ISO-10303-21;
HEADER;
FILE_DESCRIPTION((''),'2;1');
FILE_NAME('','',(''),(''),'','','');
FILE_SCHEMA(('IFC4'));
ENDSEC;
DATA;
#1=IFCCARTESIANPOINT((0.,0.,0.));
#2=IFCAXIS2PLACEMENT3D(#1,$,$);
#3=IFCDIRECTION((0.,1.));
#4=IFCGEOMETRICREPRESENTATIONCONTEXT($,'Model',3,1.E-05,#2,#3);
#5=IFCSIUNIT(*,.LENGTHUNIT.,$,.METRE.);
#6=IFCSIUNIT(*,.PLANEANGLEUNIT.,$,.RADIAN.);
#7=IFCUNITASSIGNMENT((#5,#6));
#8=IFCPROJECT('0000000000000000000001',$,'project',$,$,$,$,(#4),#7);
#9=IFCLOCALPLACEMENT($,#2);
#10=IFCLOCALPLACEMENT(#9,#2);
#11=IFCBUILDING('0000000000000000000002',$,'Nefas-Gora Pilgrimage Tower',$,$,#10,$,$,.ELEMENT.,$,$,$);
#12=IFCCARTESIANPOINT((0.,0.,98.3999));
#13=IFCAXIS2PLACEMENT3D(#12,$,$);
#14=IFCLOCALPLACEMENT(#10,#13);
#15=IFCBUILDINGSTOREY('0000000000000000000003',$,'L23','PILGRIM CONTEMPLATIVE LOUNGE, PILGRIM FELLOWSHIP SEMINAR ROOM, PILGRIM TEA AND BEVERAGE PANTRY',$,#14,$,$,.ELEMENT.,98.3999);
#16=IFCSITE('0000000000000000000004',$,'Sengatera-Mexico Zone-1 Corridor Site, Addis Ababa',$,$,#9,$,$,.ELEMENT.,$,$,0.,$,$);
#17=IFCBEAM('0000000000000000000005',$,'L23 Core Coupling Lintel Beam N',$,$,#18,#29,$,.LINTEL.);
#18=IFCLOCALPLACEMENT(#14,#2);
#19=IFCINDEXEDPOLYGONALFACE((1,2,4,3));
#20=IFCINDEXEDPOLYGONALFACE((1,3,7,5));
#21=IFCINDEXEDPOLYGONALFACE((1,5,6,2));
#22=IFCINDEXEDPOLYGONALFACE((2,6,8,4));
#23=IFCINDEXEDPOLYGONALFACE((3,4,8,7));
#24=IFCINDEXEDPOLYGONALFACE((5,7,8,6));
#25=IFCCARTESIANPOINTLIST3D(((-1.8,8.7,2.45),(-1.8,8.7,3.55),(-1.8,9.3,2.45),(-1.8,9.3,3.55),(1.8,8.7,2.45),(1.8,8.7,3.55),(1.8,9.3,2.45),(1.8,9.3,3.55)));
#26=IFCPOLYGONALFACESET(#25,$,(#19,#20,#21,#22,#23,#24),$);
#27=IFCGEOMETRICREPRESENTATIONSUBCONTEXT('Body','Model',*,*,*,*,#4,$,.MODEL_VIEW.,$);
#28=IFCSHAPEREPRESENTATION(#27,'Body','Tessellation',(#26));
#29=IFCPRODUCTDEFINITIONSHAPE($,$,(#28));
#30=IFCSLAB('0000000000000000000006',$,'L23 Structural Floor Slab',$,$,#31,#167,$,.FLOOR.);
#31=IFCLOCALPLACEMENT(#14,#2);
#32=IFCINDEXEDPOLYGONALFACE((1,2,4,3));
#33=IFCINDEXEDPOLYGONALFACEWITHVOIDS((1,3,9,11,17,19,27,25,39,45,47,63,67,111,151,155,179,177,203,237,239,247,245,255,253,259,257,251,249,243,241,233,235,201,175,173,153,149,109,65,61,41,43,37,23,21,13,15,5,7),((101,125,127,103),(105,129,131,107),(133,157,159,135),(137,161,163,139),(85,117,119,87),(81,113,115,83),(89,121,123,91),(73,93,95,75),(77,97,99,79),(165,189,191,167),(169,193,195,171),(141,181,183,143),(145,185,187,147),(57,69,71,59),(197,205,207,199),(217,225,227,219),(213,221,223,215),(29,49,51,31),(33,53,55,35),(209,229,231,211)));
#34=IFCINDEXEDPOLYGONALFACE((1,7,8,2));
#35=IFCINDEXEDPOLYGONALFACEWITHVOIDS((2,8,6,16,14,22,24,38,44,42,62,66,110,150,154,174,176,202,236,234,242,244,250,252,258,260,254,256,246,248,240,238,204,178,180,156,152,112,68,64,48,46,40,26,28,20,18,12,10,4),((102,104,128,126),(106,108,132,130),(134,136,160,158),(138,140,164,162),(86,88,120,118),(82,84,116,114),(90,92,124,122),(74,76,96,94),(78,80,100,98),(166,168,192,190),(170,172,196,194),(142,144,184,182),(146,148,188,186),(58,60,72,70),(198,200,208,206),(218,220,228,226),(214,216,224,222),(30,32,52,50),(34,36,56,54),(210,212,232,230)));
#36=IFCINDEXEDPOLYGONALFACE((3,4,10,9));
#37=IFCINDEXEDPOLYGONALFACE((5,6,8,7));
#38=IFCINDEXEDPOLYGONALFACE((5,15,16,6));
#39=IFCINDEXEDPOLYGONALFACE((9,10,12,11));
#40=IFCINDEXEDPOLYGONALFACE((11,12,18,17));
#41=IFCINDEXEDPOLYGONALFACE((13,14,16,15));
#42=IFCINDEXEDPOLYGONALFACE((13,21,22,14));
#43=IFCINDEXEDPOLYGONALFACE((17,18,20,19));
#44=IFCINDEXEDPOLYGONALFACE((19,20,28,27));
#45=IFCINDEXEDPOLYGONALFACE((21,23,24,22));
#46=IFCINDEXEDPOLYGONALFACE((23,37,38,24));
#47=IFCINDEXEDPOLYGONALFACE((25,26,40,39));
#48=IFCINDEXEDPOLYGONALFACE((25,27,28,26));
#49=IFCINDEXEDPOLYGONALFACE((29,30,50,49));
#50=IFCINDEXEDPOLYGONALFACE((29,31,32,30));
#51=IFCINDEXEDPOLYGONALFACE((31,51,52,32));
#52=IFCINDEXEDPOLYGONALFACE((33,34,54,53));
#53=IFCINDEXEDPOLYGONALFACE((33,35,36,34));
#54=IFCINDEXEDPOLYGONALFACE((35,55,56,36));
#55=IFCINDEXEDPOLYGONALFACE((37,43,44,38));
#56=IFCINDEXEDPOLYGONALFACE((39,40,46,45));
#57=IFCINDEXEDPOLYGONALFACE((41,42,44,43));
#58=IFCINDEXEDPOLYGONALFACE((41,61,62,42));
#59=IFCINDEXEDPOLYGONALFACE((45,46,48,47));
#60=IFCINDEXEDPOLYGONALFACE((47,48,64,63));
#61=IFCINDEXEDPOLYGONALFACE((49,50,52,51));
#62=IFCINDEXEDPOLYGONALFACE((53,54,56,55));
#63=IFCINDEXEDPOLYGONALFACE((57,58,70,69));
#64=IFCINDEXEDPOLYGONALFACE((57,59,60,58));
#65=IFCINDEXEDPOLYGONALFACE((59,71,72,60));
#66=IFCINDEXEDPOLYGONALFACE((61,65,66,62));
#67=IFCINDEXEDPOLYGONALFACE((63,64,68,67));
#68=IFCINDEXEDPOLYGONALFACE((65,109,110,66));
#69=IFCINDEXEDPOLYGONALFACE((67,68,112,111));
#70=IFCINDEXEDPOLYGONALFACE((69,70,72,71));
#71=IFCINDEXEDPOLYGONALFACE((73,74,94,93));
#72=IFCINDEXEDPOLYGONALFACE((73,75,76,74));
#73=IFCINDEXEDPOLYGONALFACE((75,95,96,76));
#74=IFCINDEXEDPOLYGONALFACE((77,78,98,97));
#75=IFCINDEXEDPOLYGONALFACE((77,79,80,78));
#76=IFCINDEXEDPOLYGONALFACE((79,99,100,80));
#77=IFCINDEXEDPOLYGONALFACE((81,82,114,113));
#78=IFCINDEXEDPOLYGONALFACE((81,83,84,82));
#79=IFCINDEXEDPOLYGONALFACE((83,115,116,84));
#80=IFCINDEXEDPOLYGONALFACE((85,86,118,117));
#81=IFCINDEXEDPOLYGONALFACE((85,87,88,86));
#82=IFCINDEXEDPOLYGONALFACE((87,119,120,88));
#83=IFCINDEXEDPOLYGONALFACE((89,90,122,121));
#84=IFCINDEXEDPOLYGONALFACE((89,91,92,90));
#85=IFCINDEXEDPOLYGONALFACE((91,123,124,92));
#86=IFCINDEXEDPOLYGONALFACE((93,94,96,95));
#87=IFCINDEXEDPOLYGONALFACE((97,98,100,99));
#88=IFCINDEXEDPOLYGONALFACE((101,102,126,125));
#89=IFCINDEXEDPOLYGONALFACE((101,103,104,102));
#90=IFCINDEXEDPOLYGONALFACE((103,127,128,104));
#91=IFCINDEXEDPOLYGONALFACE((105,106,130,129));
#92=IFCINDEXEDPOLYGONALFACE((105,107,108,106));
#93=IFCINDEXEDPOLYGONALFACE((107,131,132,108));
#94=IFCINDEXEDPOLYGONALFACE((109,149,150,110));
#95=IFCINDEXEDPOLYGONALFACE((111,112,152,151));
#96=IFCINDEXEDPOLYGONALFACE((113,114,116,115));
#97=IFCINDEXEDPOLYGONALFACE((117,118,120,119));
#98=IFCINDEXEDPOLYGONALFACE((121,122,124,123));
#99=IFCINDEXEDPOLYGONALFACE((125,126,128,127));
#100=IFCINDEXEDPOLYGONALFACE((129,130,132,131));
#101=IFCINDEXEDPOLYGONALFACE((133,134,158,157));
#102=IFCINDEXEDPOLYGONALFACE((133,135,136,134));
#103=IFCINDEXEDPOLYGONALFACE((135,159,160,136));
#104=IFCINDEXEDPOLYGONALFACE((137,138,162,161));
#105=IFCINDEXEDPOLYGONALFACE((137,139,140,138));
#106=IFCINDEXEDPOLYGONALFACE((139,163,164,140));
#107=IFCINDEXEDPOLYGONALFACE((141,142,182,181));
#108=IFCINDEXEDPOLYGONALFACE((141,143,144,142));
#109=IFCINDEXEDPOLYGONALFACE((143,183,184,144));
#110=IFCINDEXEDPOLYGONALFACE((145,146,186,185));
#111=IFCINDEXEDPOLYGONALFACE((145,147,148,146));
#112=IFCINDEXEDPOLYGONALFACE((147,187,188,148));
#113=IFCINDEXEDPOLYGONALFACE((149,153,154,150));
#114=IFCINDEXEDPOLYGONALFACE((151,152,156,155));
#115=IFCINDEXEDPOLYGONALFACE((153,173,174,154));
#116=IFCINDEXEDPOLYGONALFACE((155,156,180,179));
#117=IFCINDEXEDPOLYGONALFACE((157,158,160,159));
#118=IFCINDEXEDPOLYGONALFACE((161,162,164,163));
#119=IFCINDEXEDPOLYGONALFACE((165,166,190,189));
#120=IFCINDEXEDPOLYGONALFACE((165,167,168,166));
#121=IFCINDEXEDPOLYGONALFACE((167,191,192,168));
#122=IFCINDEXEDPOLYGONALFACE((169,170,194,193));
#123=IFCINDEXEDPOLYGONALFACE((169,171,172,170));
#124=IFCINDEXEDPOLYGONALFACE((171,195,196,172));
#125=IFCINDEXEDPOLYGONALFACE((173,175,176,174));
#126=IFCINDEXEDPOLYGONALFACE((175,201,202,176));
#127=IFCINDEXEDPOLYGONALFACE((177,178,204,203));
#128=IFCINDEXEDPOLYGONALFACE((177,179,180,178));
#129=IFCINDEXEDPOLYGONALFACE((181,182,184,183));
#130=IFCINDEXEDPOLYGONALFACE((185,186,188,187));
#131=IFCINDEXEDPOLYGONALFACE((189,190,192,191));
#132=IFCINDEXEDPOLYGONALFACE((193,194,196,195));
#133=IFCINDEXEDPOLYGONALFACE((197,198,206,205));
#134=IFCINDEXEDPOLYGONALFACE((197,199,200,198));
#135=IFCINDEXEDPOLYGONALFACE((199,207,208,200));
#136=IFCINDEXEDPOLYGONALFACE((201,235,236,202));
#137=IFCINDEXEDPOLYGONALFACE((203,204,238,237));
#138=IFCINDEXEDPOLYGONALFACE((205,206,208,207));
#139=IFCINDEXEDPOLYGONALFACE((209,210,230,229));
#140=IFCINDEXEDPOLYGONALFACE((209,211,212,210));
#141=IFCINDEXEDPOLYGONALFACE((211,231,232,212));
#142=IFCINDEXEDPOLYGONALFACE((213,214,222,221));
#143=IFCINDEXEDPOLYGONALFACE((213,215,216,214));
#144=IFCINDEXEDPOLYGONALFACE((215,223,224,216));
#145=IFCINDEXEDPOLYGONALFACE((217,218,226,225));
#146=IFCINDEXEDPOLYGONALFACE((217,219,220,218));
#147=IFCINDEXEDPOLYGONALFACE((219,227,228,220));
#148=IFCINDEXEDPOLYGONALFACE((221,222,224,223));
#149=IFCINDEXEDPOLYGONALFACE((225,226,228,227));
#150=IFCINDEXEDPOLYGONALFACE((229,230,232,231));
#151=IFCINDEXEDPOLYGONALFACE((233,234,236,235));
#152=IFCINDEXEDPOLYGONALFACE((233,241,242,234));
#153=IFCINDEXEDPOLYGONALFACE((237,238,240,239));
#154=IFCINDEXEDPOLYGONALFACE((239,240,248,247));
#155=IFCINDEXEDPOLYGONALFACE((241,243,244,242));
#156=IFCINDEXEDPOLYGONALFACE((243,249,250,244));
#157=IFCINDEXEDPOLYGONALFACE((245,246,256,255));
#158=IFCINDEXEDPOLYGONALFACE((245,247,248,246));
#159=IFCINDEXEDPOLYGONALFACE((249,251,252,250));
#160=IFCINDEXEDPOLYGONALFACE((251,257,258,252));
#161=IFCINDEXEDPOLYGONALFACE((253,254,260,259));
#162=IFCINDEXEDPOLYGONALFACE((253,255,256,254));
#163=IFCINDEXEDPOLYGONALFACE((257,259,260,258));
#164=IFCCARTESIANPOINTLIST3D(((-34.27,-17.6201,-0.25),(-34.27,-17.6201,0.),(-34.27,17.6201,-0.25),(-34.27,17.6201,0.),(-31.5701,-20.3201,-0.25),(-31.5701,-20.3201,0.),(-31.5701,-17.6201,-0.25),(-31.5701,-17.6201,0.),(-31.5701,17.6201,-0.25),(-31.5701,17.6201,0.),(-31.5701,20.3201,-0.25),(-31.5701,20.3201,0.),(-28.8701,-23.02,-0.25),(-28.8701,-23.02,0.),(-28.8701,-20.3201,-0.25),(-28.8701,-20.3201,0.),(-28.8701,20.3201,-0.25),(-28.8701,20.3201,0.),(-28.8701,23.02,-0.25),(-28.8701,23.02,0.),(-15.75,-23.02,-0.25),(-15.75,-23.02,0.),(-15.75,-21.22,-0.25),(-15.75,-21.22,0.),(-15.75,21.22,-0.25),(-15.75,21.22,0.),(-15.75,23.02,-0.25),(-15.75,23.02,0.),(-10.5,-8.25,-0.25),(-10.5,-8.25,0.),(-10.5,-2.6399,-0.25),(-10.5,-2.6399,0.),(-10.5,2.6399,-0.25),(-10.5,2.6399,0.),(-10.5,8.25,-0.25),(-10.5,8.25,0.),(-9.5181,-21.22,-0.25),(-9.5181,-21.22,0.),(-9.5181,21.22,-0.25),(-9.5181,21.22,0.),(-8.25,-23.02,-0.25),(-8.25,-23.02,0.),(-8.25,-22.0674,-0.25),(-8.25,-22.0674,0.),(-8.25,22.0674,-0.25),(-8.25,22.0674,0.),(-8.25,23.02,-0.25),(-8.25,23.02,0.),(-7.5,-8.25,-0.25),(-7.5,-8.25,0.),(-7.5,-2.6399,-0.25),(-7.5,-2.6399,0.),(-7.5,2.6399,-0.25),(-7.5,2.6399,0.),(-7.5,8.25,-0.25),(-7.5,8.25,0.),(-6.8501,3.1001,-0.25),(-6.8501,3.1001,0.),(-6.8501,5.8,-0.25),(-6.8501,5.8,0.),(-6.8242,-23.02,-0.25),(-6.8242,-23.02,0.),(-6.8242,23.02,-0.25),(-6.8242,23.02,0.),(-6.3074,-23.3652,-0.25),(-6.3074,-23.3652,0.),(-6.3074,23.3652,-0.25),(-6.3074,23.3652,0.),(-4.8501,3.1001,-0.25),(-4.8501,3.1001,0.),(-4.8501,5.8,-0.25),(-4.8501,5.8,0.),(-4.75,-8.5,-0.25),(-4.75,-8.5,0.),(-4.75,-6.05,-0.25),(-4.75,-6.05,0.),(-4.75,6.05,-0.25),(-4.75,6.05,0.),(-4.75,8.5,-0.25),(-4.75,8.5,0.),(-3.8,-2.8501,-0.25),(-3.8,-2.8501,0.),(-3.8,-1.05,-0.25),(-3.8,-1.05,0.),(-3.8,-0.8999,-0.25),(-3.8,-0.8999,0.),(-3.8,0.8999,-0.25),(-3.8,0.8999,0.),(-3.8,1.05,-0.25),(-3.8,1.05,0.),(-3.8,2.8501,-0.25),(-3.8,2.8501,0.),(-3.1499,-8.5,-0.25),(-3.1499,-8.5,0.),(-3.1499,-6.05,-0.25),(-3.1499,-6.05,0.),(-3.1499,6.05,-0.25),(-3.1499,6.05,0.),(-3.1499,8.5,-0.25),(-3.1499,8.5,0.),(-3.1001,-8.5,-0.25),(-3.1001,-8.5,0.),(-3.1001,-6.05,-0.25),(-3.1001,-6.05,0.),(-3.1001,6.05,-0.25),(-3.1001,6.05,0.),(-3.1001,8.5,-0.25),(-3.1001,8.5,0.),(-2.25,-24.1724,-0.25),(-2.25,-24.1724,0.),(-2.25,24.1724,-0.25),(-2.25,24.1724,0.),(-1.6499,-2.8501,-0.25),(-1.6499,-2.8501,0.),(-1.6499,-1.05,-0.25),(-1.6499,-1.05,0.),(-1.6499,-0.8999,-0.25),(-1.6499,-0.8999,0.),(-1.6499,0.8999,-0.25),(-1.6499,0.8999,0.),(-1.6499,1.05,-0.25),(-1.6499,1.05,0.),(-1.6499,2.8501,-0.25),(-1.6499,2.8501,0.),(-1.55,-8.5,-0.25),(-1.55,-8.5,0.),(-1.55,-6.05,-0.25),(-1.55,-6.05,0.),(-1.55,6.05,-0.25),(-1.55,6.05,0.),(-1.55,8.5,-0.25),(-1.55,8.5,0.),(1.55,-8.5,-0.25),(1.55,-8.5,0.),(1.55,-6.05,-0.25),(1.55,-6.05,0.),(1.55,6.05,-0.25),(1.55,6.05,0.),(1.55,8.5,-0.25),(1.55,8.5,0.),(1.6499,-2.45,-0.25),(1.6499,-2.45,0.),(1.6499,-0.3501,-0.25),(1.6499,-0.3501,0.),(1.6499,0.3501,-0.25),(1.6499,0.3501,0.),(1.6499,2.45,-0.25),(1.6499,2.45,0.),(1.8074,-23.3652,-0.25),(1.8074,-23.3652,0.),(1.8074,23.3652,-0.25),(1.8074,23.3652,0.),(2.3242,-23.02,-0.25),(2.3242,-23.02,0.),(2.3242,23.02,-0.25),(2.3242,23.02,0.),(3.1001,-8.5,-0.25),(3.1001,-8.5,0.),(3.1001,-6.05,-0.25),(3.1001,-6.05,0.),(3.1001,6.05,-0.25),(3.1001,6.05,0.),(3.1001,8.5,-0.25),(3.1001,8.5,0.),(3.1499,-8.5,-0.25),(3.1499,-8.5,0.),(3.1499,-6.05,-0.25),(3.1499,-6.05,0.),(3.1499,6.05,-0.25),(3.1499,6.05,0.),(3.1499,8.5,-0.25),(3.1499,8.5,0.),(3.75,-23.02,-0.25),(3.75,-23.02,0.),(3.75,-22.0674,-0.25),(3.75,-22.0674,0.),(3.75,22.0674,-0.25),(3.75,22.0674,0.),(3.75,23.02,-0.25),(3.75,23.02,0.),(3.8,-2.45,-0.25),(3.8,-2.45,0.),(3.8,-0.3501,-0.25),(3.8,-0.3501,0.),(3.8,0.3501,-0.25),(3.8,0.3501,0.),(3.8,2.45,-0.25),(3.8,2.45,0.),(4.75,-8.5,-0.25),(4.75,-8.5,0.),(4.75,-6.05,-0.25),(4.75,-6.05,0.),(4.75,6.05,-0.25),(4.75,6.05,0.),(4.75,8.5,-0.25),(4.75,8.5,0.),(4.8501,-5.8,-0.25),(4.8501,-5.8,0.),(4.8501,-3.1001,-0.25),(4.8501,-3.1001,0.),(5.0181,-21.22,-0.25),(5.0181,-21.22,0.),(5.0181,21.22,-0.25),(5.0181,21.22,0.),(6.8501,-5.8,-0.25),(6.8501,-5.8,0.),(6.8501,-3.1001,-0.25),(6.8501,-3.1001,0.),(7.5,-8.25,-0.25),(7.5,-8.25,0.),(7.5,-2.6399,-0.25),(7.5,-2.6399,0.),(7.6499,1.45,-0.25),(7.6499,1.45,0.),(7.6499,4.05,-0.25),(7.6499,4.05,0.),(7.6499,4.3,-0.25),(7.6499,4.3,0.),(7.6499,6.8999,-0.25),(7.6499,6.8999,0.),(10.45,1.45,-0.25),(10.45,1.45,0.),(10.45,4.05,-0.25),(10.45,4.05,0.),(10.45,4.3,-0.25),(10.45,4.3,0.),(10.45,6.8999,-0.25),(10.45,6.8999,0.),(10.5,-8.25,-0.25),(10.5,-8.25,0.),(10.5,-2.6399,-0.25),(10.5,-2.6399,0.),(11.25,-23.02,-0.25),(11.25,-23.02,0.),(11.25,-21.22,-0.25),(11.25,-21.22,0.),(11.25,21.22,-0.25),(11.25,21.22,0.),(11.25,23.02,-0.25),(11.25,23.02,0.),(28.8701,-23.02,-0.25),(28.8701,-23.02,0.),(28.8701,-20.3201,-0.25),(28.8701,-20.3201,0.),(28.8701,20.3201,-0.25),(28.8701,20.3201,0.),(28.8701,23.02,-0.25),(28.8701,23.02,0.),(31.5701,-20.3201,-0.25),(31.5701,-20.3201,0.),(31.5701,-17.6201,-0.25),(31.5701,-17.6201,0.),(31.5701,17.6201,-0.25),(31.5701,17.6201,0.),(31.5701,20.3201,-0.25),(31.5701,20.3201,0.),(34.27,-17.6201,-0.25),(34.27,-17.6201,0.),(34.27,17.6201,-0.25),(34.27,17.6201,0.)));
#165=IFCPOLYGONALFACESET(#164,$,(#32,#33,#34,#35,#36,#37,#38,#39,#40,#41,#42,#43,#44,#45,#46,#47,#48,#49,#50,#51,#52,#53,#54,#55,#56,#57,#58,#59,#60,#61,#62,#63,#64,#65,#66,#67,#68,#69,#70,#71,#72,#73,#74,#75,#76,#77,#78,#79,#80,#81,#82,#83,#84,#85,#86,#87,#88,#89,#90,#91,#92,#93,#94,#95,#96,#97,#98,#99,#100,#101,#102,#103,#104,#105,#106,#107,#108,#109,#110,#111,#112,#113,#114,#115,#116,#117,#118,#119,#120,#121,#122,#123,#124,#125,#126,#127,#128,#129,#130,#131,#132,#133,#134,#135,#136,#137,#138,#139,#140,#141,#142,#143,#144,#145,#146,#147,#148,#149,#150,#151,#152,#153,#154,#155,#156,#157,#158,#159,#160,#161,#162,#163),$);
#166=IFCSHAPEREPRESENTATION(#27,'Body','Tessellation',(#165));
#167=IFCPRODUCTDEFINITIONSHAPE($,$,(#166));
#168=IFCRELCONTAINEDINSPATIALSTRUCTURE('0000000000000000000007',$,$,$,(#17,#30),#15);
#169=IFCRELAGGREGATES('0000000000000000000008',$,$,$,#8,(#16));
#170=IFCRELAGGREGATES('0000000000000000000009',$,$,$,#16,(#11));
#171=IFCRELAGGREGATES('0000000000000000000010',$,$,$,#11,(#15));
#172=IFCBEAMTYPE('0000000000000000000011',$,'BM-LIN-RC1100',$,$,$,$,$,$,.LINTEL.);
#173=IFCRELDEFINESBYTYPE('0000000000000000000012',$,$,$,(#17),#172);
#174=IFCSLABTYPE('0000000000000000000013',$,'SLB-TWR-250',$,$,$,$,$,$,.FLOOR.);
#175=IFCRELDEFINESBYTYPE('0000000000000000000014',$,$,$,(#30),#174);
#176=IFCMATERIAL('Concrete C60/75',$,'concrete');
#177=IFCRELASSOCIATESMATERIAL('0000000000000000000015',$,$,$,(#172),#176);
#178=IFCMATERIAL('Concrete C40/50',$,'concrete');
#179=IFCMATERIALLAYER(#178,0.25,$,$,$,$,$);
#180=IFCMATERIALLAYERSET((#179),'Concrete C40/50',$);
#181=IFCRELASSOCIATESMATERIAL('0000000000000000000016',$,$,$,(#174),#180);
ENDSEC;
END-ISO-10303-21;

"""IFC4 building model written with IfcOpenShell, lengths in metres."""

from ifc_helpers import new_model, si_unit, direction, frame, origin, origin_2d, place, context, subcontext, project, spatial, polyline, rectangle, outline, extrude, source, transform, mapped, material, layer, layer_set, material_profile, profile_set, type_object, element, save


model = new_model("IFC4")

# Units and contexts
model_context = context("Model", 3, precision=1e-05, world=origin(), true_north=direction((0.0, 1.0)))
body_context = subcontext(model_context, "Body", "Model", "MODEL_VIEW")
ifc_project = project(units=[si_unit("LENGTHUNIT", "METRE"), si_unit("PLANEANGLEUNIT", "RADIAN")], contexts=[model_context])

# Site, building, storey
site_placement = place(None, origin())
site = spatial("IfcSite", under=ifc_project, at=site_placement, Name="Sengatera-Mexico Zone-1 Corridor Site, Addis Ababa", CompositionType="ELEMENT", RefElevation=0.0)
building_placement = place(site_placement, origin())
building = spatial("IfcBuilding", under=site, at=building_placement, Name="Nefas-Gora Pilgrimage Tower", CompositionType="ELEMENT")
storey_placement = place(building_placement, frame((0.0, 0.0, 98.3999)))
storey = spatial("IfcBuildingStorey", under=building, at=storey_placement, Name="L23", Description="PILGRIM CONTEMPLATIVE LOUNGE, PILGRIM FELLOWSHIP SEMINAR ROOM, PILGRIM TEA AND BEVERAGE PANTRY", CompositionType="ELEMENT", Elevation=98.3999)

# Beam
ifc_material_1 = material(Name="Concrete C60/75", Category="concrete")
ifc_material_profile = material_profile(ifc_material_1, rectangle(XDim=0.6001, YDim=1.1001, at=origin_2d()), Name="RC 600x1100")
ifc_profile_set = profile_set([ifc_material_profile], Name="Concrete C60/75")
beam_type = type_object("IfcBeamType", Name="BM-LIN-RC1100", PredefinedType="LINTEL", material=ifc_profile_set)
shared_shape_1 = source(origin(), body_context, "Body", "SweptSolid", [
    extrude(rectangle(XDim=0.6001, YDim=1.1001, at=origin_2d()), origin(), (0.0, 0.0, 1.0), 3.6001),
])
beam_placement = place(storey_placement, frame((-1.8, 9.0, 3.0), z_axis=(1.0, 0.0, 0.0), x_axis=(0.0, 1.0, 0.0)))
element("IfcBeam", 1, at=beam_placement, inside=storey, type_object=beam_type, Name="L23 Core Coupling Lintel Beam N", PredefinedType="LINTEL", context=body_context, shape_type="MappedRepresentation", body=[
    mapped(shared_shape_1, transform((0.0, 0.0, 0.0), x_axis=(1.0, 0.0, 0.0), y_axis=(0.0, 1.0, 0.0), z_axis=(0.0, 0.0, 1.0), scale=1.0)),
])

# Slab
ifc_material_2 = material(Name="Concrete C40/50", Category="concrete")
ifc_layer_1 = layer(ifc_material_2, 0.25)
ifc_layer_set_1 = layer_set([ifc_layer_1], Name="Concrete C40/50")
slab_type_1 = type_object("IfcSlabType", Name="SLB-TWR-250", PredefinedType="FLOOR", material=ifc_layer_set_1)
slab_1_placement = place(storey_placement, frame((0.0, 0.0, -0.25)))
element("IfcSlab", 2, at=slab_1_placement, inside=storey, type_object=slab_type_1, Name="L23 Structural Floor Slab", PredefinedType="FLOOR", context=body_context, shape_type="SweptSolid", body=[
    extrude(outline(polyline([(5.0181, -21.22), (11.25, -21.22), (11.25, -23.02), (28.8701, -23.02), (28.8701, -20.3201), (31.5701, -20.3201), (31.5701, -17.6201), (34.27, -17.6201), (34.27, 17.6201), (31.5701, 17.6201), (31.5701, 20.3201), (28.8701, 20.3201), (28.8701, 23.02), (11.25, 23.02), (11.25, 21.22), (5.0181, 21.22), (3.75, 22.0674), (3.75, 23.02), (2.3242, 23.02), (1.8074, 23.3652), (-2.25, 24.1724), (-6.3074, 23.3652), (-6.8242, 23.02), (-8.25, 23.02), (-8.25, 22.0674), (-9.5181, 21.22), (-15.75, 21.22), (-15.75, 23.02), (-28.8701, 23.02), (-28.8701, 20.3201), (-31.5701, 20.3201), (-31.5701, 17.6201), (-34.27, 17.6201), (-34.27, -17.6201), (-31.5701, -17.6201), (-31.5701, -20.3201), (-28.8701, -20.3201), (-28.8701, -23.02), (-15.75, -23.02), (-15.75, -21.22), (-9.5181, -21.22), (-8.25, -22.0674), (-8.25, -23.02), (-6.8242, -23.02), (-6.3074, -23.3652), (-2.25, -24.1724), (1.8074, -23.3652), (2.3242, -23.02), (3.75, -23.02), (3.75, -22.0674), (5.0181, -21.22)]), holes=[polyline([(-10.5, 2.6399), (-10.5, 8.25), (-7.5, 8.25), (-7.5, 2.6399), (-10.5, 2.6399)]), polyline([(10.5, -2.6399), (10.5, -8.25), (7.5, -8.25), (7.5, -2.6399), (10.5, -2.6399)]), polyline([(-7.5, -2.6399), (-7.5, -8.25), (-10.5, -8.25), (-10.5, -2.6399), (-7.5, -2.6399)]), polyline([(-6.8501, 5.8), (-4.8501, 5.8), (-4.8501, 3.1001), (-6.8501, 3.1001), (-6.8501, 5.8)]), polyline([(4.8501, -3.1001), (6.8501, -3.1001), (6.8501, -5.8), (4.8501, -5.8), (4.8501, -3.1001)]), polyline([(7.6499, 4.05), (10.45, 4.05), (10.45, 1.45), (7.6499, 1.45), (7.6499, 4.05)]), polyline([(7.6499, 6.8999), (10.45, 6.8999), (10.45, 4.3), (7.6499, 4.3), (7.6499, 6.8999)]), polyline([(-4.75, 8.5), (-3.1499, 8.5), (-3.1499, 6.05), (-4.75, 6.05), (-4.75, 8.5)]), polyline([(-3.1001, 8.5), (-1.55, 8.5), (-1.55, 6.05), (-3.1001, 6.05), (-3.1001, 8.5)]), polyline([(1.55, 8.5), (3.1001, 8.5), (3.1001, 6.05), (1.55, 6.05), (1.55, 8.5)]), polyline([(3.1499, 8.5), (4.75, 8.5), (4.75, 6.05), (3.1499, 6.05), (3.1499, 8.5)]), polyline([(-4.75, -6.05), (-3.1499, -6.05), (-3.1499, -8.5), (-4.75, -8.5), (-4.75, -6.05)]), polyline([(-3.1001, -6.05), (-1.55, -6.05), (-1.55, -8.5), (-3.1001, -8.5), (-3.1001, -6.05)]), polyline([(1.55, -6.05), (3.1001, -6.05), (3.1001, -8.5), (1.55, -8.5), (1.55, -6.05)]), polyline([(3.1499, -6.05), (4.75, -6.05), (4.75, -8.5), (3.1499, -8.5), (3.1499, -6.05)]), polyline([(-3.8, -1.05), (-1.6499, -1.05), (-1.6499, -2.8501), (-3.8, -2.8501), (-3.8, -1.05)]), polyline([(-3.8, 0.8999), (-1.6499, 0.8999), (-1.6499, -0.8999), (-3.8, -0.8999), (-3.8, 0.8999)]), polyline([(-3.8, 2.8501), (-1.6499, 2.8501), (-1.6499, 1.05), (-3.8, 1.05), (-3.8, 2.8501)]), polyline([(1.6499, -0.3501), (3.8, -0.3501), (3.8, -2.45), (1.6499, -2.45), (1.6499, -0.3501)]), polyline([(1.6499, 2.45), (3.8, 2.45), (3.8, 0.3501), (1.6499, 0.3501), (1.6499, 2.45)])]), origin(), (0.0, 0.0, 1.0), 0.25),
])

save(model, "model.ifc")
